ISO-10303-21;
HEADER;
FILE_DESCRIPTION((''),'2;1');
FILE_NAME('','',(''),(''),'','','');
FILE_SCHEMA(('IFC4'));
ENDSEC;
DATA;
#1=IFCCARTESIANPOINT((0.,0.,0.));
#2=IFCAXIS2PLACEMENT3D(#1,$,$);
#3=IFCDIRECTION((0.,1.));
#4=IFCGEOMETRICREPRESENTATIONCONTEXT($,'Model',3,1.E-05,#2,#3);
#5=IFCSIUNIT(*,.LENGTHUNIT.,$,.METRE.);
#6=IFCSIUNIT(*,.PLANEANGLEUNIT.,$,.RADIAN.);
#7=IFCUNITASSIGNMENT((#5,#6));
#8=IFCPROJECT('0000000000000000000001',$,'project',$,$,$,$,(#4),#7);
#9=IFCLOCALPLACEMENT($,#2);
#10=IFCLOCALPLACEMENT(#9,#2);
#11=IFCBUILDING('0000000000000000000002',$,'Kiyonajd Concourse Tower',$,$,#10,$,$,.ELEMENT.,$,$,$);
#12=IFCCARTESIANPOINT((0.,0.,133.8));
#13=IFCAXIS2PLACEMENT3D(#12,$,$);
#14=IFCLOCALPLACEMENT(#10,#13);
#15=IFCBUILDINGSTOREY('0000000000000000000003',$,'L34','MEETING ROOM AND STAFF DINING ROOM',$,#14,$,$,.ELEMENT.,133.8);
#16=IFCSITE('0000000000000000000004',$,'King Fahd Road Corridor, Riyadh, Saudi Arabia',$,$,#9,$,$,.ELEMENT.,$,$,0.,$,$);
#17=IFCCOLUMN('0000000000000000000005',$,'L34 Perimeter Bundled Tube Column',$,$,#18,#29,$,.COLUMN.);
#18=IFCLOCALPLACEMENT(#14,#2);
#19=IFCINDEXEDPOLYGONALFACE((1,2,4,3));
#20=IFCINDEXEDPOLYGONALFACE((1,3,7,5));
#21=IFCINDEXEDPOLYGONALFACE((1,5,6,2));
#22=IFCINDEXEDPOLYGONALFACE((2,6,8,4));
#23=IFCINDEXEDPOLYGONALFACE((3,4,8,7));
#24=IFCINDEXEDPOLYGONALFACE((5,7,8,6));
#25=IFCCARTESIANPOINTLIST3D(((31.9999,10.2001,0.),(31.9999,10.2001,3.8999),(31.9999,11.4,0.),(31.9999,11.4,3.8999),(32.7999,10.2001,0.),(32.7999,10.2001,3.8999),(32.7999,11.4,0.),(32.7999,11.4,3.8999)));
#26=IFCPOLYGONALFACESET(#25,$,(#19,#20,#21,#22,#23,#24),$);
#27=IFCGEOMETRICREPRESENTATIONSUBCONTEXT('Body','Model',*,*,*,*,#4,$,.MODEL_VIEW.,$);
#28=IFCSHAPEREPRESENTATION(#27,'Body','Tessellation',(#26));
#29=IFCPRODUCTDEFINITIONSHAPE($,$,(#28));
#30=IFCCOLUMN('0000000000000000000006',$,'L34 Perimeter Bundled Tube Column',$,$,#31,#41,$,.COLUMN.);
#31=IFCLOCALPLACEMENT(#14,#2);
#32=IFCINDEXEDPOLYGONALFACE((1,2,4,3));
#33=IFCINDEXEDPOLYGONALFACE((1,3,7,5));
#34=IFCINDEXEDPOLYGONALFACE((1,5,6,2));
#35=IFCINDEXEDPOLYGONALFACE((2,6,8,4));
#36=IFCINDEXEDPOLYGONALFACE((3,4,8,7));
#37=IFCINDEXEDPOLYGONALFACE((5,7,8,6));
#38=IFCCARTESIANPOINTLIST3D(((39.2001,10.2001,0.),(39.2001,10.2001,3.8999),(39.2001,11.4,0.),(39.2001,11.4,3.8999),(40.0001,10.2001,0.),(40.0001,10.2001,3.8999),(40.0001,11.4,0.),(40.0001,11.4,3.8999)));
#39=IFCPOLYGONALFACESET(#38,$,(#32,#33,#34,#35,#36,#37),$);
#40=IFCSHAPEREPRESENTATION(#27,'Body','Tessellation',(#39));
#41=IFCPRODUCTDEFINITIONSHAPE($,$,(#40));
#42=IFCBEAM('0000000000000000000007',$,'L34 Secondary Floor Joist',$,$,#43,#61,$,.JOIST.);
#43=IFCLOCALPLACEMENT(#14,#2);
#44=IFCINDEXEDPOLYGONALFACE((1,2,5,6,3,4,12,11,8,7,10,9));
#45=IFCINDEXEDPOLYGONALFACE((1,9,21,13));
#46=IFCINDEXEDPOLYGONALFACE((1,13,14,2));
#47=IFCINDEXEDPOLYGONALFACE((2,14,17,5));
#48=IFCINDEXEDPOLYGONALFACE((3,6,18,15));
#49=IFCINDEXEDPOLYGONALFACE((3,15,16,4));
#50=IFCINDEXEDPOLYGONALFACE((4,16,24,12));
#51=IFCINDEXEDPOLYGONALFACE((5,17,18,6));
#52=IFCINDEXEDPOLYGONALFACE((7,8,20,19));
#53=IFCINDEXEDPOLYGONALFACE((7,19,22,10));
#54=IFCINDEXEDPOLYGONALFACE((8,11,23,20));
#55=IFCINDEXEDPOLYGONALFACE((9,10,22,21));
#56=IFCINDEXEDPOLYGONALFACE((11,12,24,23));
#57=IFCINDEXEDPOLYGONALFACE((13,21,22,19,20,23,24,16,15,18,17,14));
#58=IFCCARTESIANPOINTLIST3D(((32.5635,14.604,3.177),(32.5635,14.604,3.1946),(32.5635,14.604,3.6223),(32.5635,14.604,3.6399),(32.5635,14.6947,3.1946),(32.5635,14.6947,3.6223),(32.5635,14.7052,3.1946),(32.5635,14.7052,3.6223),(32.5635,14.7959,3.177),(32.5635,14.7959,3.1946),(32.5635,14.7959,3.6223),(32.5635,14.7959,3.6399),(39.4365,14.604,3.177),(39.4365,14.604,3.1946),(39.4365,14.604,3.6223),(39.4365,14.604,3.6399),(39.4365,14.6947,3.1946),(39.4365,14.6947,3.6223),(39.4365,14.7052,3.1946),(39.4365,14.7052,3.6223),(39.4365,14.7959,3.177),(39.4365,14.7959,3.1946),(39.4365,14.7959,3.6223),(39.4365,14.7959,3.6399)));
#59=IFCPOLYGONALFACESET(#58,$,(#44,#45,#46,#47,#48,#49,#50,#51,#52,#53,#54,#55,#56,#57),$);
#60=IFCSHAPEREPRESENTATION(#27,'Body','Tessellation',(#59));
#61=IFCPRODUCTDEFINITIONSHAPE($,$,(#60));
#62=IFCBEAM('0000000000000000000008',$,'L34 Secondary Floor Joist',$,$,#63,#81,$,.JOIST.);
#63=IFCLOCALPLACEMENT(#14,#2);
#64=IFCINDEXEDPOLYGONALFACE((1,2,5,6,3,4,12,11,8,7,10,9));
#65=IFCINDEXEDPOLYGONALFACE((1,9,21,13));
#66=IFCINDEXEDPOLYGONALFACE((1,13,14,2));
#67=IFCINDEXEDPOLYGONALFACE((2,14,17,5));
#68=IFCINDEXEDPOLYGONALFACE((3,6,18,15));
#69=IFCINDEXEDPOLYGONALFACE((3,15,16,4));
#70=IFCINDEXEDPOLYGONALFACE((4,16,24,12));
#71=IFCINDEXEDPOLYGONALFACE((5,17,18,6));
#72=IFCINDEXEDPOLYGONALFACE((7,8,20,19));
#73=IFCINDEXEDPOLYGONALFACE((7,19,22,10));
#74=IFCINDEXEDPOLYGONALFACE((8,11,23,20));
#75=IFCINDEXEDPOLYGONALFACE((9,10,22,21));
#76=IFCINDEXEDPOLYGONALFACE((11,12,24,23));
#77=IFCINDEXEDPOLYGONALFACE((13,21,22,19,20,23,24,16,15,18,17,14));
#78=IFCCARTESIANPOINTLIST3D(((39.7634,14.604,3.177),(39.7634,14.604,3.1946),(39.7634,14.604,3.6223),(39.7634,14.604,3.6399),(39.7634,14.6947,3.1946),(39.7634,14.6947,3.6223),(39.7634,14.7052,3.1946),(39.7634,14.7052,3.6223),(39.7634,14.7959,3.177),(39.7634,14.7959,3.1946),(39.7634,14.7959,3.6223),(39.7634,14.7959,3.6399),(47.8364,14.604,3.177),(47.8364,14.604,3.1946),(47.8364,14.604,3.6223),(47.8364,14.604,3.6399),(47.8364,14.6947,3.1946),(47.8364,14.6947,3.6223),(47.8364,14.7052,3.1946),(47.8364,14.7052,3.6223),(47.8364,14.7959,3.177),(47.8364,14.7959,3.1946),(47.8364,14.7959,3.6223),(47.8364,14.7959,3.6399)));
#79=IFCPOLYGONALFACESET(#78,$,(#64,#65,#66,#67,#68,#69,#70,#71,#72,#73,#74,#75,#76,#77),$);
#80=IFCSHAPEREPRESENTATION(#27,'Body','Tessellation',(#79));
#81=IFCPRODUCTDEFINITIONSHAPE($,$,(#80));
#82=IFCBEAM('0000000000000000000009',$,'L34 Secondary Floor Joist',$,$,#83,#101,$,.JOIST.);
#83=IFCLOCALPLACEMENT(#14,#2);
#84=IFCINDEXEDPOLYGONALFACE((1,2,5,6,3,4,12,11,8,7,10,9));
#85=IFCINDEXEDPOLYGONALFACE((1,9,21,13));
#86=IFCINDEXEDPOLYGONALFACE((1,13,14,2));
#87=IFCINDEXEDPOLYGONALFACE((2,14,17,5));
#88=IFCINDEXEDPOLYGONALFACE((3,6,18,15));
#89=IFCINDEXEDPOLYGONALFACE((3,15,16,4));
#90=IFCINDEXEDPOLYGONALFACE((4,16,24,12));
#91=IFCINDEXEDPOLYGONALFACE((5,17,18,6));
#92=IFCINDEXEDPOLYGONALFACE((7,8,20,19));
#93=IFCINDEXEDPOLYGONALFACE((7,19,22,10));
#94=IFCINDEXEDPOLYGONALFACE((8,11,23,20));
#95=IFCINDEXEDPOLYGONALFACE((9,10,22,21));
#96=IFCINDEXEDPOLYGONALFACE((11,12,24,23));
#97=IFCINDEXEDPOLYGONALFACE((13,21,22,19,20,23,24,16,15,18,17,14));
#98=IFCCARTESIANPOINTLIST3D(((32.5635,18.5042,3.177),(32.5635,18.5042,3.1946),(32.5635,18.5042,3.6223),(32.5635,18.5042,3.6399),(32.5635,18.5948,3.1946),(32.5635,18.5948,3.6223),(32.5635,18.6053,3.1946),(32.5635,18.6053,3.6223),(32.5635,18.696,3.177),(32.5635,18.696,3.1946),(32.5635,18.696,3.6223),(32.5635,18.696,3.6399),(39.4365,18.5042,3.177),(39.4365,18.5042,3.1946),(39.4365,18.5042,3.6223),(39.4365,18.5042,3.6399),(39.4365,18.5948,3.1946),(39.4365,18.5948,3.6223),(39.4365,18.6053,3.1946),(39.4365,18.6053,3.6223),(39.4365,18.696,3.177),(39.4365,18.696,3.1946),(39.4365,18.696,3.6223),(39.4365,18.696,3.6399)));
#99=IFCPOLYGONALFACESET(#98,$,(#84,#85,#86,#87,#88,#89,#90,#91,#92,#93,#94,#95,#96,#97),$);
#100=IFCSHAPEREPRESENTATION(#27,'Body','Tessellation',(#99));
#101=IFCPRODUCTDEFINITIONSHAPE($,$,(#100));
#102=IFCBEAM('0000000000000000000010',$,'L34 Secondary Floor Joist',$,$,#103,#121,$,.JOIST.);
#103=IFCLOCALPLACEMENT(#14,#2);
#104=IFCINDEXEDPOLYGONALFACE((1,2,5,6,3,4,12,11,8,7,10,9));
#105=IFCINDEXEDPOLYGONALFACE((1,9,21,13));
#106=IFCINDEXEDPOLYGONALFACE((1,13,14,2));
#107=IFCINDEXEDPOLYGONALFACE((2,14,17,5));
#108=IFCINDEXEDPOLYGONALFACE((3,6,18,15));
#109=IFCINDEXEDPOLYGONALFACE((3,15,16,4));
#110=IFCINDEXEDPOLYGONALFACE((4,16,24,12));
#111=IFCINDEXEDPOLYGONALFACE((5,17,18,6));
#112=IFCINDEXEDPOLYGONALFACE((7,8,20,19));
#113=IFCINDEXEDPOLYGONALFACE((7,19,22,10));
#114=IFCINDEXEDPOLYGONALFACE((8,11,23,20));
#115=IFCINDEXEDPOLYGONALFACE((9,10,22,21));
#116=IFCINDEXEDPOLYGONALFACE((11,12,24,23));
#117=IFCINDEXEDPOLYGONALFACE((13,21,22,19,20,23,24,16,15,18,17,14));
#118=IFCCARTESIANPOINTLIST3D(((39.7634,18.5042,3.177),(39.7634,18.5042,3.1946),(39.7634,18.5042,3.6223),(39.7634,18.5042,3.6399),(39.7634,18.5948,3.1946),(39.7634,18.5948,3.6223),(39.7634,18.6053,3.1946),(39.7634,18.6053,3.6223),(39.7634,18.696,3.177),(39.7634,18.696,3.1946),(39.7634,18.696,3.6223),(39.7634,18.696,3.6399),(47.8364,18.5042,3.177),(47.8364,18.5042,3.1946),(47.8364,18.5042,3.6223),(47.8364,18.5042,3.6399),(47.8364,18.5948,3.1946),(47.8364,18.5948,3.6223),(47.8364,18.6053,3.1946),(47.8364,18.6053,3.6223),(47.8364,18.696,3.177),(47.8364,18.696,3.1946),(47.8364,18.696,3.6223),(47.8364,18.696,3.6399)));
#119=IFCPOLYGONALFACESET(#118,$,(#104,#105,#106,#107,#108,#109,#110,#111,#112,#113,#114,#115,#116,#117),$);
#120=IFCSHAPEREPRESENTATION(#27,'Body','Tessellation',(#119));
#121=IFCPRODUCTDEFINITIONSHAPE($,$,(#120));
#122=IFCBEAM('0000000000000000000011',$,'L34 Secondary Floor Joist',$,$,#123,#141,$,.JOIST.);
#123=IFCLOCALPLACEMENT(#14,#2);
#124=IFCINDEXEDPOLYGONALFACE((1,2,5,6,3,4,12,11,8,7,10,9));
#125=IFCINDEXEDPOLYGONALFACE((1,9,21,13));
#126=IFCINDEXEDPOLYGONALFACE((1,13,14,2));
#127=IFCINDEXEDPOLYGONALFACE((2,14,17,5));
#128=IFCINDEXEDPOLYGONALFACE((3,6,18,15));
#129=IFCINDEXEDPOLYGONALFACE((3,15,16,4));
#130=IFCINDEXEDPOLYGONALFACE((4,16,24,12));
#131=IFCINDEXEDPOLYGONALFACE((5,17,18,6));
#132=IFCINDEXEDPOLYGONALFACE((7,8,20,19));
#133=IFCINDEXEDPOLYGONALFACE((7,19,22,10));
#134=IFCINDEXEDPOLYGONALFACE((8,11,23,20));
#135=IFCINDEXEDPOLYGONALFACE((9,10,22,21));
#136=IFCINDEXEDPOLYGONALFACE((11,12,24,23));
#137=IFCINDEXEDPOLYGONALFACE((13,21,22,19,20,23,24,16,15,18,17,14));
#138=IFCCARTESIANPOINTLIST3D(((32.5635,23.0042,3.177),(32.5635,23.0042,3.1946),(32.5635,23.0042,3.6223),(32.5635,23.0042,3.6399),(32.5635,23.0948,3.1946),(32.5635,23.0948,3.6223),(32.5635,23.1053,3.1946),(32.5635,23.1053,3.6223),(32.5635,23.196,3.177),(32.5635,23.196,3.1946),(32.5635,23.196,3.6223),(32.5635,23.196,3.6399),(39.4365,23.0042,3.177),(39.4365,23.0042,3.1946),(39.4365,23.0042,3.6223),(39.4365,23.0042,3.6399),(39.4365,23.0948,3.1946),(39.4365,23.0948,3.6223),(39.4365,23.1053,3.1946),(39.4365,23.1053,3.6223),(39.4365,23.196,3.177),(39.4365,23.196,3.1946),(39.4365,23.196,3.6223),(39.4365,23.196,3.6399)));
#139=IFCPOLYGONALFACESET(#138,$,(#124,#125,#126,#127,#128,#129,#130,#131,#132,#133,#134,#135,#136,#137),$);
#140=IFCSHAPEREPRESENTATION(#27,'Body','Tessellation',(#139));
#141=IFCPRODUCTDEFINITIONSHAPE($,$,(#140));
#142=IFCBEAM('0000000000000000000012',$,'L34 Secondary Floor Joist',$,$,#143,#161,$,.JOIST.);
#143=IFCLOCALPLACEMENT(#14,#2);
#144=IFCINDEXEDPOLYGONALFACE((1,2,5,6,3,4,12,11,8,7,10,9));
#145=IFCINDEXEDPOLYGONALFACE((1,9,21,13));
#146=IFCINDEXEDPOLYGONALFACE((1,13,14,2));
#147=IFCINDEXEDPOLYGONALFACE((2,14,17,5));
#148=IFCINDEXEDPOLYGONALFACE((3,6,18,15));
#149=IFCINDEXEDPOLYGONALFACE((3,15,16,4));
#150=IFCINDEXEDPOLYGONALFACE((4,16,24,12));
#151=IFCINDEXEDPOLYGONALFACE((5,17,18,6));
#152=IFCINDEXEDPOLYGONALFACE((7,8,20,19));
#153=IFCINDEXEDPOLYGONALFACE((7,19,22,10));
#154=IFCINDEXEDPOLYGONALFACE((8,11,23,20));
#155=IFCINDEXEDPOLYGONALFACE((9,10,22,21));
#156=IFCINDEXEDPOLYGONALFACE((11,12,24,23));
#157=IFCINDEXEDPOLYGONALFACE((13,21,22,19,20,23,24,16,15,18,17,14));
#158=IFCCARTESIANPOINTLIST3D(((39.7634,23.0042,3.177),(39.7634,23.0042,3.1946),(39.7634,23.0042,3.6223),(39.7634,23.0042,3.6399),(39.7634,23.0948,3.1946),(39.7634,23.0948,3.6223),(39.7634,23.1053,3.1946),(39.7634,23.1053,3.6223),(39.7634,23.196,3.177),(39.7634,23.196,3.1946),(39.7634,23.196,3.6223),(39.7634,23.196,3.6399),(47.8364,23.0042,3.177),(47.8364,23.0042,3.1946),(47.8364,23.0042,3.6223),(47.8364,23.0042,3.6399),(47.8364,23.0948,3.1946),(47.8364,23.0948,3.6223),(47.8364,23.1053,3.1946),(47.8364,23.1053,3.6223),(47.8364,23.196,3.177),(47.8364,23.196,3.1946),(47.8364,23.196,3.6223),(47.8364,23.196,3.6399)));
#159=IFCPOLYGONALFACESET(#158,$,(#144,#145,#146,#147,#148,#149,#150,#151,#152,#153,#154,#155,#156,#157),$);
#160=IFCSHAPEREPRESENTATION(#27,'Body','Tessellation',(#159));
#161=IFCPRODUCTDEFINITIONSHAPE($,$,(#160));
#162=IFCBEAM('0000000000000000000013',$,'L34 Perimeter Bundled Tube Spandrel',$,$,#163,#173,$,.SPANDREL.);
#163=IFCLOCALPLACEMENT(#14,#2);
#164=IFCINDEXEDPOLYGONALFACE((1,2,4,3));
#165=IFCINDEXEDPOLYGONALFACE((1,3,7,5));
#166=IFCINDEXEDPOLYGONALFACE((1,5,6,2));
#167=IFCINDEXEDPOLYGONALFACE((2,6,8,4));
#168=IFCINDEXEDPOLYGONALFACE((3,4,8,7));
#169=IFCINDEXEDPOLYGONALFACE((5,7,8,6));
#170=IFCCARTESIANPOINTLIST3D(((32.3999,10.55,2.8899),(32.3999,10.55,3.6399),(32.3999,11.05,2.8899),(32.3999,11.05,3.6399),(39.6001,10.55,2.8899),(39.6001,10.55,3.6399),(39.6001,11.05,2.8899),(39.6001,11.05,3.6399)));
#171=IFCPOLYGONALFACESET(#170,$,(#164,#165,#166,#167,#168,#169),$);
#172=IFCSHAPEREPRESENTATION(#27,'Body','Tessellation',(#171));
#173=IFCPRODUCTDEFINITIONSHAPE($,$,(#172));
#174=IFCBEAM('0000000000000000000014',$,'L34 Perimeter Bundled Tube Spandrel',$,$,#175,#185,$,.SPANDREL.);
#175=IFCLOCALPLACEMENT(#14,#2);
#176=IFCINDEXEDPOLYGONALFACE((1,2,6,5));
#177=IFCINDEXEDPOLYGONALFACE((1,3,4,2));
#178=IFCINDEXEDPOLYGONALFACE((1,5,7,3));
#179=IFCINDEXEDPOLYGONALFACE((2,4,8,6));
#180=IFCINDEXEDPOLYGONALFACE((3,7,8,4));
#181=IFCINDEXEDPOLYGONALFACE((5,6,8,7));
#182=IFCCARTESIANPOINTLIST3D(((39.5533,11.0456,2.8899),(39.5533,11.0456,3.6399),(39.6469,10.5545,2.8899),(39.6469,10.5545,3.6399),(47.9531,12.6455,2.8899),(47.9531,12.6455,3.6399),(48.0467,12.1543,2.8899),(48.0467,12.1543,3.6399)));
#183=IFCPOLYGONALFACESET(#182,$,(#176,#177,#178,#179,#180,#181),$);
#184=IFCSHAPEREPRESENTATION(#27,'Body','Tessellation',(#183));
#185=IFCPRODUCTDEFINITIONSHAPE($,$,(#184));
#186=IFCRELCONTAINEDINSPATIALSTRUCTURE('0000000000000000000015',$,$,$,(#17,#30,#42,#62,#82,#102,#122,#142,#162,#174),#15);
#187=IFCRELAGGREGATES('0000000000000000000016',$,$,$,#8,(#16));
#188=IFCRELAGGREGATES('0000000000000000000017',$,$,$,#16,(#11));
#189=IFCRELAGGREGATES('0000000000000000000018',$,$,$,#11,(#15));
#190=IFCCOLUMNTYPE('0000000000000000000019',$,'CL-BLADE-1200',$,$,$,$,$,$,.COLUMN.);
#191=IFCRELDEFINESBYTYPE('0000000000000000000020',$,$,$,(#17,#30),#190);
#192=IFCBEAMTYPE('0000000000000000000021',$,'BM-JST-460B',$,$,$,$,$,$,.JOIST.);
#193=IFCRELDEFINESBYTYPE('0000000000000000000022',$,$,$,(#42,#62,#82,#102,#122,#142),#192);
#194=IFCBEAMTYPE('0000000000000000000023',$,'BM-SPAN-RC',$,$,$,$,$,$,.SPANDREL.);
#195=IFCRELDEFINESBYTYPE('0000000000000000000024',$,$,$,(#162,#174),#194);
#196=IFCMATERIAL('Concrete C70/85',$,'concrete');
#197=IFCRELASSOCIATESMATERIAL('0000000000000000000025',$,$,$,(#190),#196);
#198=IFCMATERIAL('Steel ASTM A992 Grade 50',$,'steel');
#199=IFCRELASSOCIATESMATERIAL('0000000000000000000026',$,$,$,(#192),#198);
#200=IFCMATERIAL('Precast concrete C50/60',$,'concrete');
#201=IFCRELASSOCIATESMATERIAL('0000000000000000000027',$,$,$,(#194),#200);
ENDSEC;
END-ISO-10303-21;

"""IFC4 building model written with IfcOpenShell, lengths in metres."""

from ifc_helpers import new_model, si_unit, direction, frame, origin, origin_2d, place, context, subcontext, project, spatial, rectangle, i_section, extrude, material, material_profile, profile_set, type_object, element, save


model = new_model("IFC4")

# Units and contexts
model_context = context("Model", 3, precision=1e-05, world=origin(), true_north=direction((0.0, 1.0)))
body_context = subcontext(model_context, "Body", "Model", "MODEL_VIEW")
ifc_project = project(units=[si_unit("LENGTHUNIT", "METRE"), si_unit("PLANEANGLEUNIT", "RADIAN")], contexts=[model_context])

# Site, building, storey
site_placement = place(None, origin())
site = spatial("IfcSite", under=ifc_project, at=site_placement, Name="King Fahd Road Corridor, Riyadh, Saudi Arabia", CompositionType="ELEMENT", RefElevation=0.0)
building_placement = place(site_placement, origin())
building = spatial("IfcBuilding", under=site, at=building_placement, Name="Kiyonajd Concourse Tower", CompositionType="ELEMENT")
storey_placement = place(building_placement, frame((0.0, 0.0, 133.8)))
storey = spatial("IfcBuildingStorey", under=building, at=storey_placement, Name="L34", Description="MEETING ROOM AND STAFF DINING ROOM", CompositionType="ELEMENT", Elevation=133.8)

# Columns
ifc_material_1 = material(Name="Concrete C70/85", Category="concrete")
ifc_material_profile_1 = material_profile(ifc_material_1, rectangle(XDim=0.8, YDim=1.2, at=origin_2d()), Name="RC-1200x800")
ifc_profile_set_1 = profile_set([ifc_material_profile_1], Name="Concrete C70/85")
column_type = type_object("IfcColumnType", Name="CL-BLADE-1200", PredefinedType="COLUMN", material=ifc_profile_set_1)
for number, where, z_axis, x_axis, name in (
    (1, (32.3999, 10.8, 0.0), (0.0, 0.0, 1.0), (1.0, 0.0, 0.0), "L34 Perimeter Bundled Tube Column"),
    (2, (39.6001, 10.8, 0.0), (0.0, 0.0, 1.0), (1.0, 0.0, 0.0), "L34 Perimeter Bundled Tube Column"),
):
    element("IfcColumn", number, at=place(storey_placement, frame(where, z_axis=z_axis, x_axis=x_axis)), inside=storey, type_object=column_type, Name=name, PredefinedType="COLUMN", context=body_context, shape_type="SweptSolid", body=[
        extrude(rectangle(XDim=0.8, YDim=1.2, at=origin_2d()), origin(), (0.0, 0.0, 1.0), 3.8999),
    ])

# Beams
ifc_material_2 = material(Name="Steel ASTM A992 Grade 50", Category="steel")
ifc_material_profile_2 = material_profile(ifc_material_2, i_section(OverallWidth=0.1919, OverallDepth=0.4629, WebThickness=0.0105, FlangeThickness=0.0176, at=origin_2d()), Name="W460X89")
ifc_profile_set_2 = profile_set([ifc_material_profile_2], Name="Steel ASTM A992 Grade 50")
beam_type_1 = type_object("IfcBeamType", Name="BM-JST-460B", PredefinedType="JOIST", material=ifc_profile_set_2)
beam_1_placement = place(storey_placement, frame((32.5635, 14.7, 3.4084), z_axis=(1.0, 0.0, 0.0), x_axis=(0.0, 1.0, 0.0)))
element("IfcBeam", 3, at=beam_1_placement, inside=storey, type_object=beam_type_1, Name="L34 Secondary Floor Joist", PredefinedType="JOIST", context=body_context, shape_type="SweptSolid", body=[
    extrude(i_section(OverallWidth=0.1919, OverallDepth=0.4629, WebThickness=0.0105, FlangeThickness=0.0176, at=origin_2d()), origin(), (0.0, 0.0, 1.0), 6.873),
])
beam_2_placement = place(storey_placement, frame((39.7634, 14.7, 3.4084), z_axis=(1.0, 0.0, 0.0), x_axis=(0.0, 1.0, 0.0)))
element("IfcBeam", 4, at=beam_2_placement, inside=storey, type_object=beam_type_1, Name="L34 Secondary Floor Joist", PredefinedType="JOIST", context=body_context, shape_type="SweptSolid", body=[
    extrude(i_section(OverallWidth=0.1919, OverallDepth=0.4629, WebThickness=0.0105, FlangeThickness=0.0176, at=origin_2d()), origin(), (0.0, 0.0, 1.0), 8.073),
])
beam_3_placement = place(storey_placement, frame((32.5635, 18.6001, 3.4084), z_axis=(1.0, 0.0, 0.0), x_axis=(0.0, 1.0, 0.0)))
element("IfcBeam", 5, at=beam_3_placement, inside=storey, type_object=beam_type_1, Name="L34 Secondary Floor Joist", PredefinedType="JOIST", context=body_context, shape_type="SweptSolid", body=[
    extrude(i_section(OverallWidth=0.1919, OverallDepth=0.4629, WebThickness=0.0105, FlangeThickness=0.0176, at=origin_2d()), origin(), (0.0, 0.0, 1.0), 6.873),
])
beam_4_placement = place(storey_placement, frame((39.7634, 18.6001, 3.4084), z_axis=(1.0, 0.0, 0.0), x_axis=(0.0, 1.0, 0.0)))
element("IfcBeam", 6, at=beam_4_placement, inside=storey, type_object=beam_type_1, Name="L34 Secondary Floor Joist", PredefinedType="JOIST", context=body_context, shape_type="SweptSolid", body=[
    extrude(i_section(OverallWidth=0.1919, OverallDepth=0.4629, WebThickness=0.0105, FlangeThickness=0.0176, at=origin_2d()), origin(), (0.0, 0.0, 1.0), 8.073),
])
beam_5_placement = place(storey_placement, frame((32.5635, 23.1001, 3.4084), z_axis=(1.0, 0.0, 0.0), x_axis=(0.0, 1.0, 0.0)))
element("IfcBeam", 7, at=beam_5_placement, inside=storey, type_object=beam_type_1, Name="L34 Secondary Floor Joist", PredefinedType="JOIST", context=body_context, shape_type="SweptSolid", body=[
    extrude(i_section(OverallWidth=0.1919, OverallDepth=0.4629, WebThickness=0.0105, FlangeThickness=0.0176, at=origin_2d()), origin(), (0.0, 0.0, 1.0), 6.873),
])
beam_6_placement = place(storey_placement, frame((39.7634, 23.1001, 3.4084), z_axis=(1.0, 0.0, 0.0), x_axis=(0.0, 1.0, 0.0)))
element("IfcBeam", 8, at=beam_6_placement, inside=storey, type_object=beam_type_1, Name="L34 Secondary Floor Joist", PredefinedType="JOIST", context=body_context, shape_type="SweptSolid", body=[
    extrude(i_section(OverallWidth=0.1919, OverallDepth=0.4629, WebThickness=0.0105, FlangeThickness=0.0176, at=origin_2d()), origin(), (0.0, 0.0, 1.0), 8.073),
])
ifc_material_3 = material(Name="Precast concrete C50/60", Category="concrete")
ifc_material_profile_3 = material_profile(ifc_material_3, rectangle(XDim=0.5, YDim=0.75, at=origin_2d()), Name="RCBM-500x750")
ifc_profile_set_3 = profile_set([ifc_material_profile_3], Name="Precast concrete C50/60")
beam_type_2 = type_object("IfcBeamType", Name="BM-SPAN-RC", PredefinedType="SPANDREL", material=ifc_profile_set_3)
beam_7_placement = place(storey_placement, frame((32.3999, 10.8, 3.2649), z_axis=(1.0, 0.0, 0.0), x_axis=(0.0, 1.0, 0.0)))
element("IfcBeam", 9, at=beam_7_placement, inside=storey, type_object=beam_type_2, Name="L34 Perimeter Bundled Tube Spandrel", PredefinedType="SPANDREL", context=body_context, shape_type="SweptSolid", body=[
    extrude(rectangle(XDim=0.5, YDim=0.75, at=origin_2d()), origin(), (0.0, 0.0, 1.0), 7.2002),
])
beam_8_placement = place(storey_placement, frame((39.6001, 10.8, 3.2649), z_axis=(0.982341, 0.187098, 0.0), x_axis=(-0.187098, 0.982341, 0.0)))
element("IfcBeam", 10, at=beam_8_placement, inside=storey, type_object=beam_type_2, Name="L34 Perimeter Bundled Tube Spandrel", PredefinedType="SPANDREL", context=body_context, shape_type="SweptSolid", body=[
    extrude(rectangle(XDim=0.5, YDim=0.75, at=origin_2d()), origin(), (0.0, 0.0, 1.0), 8.5508),
])

save(model, "model.ifc")
